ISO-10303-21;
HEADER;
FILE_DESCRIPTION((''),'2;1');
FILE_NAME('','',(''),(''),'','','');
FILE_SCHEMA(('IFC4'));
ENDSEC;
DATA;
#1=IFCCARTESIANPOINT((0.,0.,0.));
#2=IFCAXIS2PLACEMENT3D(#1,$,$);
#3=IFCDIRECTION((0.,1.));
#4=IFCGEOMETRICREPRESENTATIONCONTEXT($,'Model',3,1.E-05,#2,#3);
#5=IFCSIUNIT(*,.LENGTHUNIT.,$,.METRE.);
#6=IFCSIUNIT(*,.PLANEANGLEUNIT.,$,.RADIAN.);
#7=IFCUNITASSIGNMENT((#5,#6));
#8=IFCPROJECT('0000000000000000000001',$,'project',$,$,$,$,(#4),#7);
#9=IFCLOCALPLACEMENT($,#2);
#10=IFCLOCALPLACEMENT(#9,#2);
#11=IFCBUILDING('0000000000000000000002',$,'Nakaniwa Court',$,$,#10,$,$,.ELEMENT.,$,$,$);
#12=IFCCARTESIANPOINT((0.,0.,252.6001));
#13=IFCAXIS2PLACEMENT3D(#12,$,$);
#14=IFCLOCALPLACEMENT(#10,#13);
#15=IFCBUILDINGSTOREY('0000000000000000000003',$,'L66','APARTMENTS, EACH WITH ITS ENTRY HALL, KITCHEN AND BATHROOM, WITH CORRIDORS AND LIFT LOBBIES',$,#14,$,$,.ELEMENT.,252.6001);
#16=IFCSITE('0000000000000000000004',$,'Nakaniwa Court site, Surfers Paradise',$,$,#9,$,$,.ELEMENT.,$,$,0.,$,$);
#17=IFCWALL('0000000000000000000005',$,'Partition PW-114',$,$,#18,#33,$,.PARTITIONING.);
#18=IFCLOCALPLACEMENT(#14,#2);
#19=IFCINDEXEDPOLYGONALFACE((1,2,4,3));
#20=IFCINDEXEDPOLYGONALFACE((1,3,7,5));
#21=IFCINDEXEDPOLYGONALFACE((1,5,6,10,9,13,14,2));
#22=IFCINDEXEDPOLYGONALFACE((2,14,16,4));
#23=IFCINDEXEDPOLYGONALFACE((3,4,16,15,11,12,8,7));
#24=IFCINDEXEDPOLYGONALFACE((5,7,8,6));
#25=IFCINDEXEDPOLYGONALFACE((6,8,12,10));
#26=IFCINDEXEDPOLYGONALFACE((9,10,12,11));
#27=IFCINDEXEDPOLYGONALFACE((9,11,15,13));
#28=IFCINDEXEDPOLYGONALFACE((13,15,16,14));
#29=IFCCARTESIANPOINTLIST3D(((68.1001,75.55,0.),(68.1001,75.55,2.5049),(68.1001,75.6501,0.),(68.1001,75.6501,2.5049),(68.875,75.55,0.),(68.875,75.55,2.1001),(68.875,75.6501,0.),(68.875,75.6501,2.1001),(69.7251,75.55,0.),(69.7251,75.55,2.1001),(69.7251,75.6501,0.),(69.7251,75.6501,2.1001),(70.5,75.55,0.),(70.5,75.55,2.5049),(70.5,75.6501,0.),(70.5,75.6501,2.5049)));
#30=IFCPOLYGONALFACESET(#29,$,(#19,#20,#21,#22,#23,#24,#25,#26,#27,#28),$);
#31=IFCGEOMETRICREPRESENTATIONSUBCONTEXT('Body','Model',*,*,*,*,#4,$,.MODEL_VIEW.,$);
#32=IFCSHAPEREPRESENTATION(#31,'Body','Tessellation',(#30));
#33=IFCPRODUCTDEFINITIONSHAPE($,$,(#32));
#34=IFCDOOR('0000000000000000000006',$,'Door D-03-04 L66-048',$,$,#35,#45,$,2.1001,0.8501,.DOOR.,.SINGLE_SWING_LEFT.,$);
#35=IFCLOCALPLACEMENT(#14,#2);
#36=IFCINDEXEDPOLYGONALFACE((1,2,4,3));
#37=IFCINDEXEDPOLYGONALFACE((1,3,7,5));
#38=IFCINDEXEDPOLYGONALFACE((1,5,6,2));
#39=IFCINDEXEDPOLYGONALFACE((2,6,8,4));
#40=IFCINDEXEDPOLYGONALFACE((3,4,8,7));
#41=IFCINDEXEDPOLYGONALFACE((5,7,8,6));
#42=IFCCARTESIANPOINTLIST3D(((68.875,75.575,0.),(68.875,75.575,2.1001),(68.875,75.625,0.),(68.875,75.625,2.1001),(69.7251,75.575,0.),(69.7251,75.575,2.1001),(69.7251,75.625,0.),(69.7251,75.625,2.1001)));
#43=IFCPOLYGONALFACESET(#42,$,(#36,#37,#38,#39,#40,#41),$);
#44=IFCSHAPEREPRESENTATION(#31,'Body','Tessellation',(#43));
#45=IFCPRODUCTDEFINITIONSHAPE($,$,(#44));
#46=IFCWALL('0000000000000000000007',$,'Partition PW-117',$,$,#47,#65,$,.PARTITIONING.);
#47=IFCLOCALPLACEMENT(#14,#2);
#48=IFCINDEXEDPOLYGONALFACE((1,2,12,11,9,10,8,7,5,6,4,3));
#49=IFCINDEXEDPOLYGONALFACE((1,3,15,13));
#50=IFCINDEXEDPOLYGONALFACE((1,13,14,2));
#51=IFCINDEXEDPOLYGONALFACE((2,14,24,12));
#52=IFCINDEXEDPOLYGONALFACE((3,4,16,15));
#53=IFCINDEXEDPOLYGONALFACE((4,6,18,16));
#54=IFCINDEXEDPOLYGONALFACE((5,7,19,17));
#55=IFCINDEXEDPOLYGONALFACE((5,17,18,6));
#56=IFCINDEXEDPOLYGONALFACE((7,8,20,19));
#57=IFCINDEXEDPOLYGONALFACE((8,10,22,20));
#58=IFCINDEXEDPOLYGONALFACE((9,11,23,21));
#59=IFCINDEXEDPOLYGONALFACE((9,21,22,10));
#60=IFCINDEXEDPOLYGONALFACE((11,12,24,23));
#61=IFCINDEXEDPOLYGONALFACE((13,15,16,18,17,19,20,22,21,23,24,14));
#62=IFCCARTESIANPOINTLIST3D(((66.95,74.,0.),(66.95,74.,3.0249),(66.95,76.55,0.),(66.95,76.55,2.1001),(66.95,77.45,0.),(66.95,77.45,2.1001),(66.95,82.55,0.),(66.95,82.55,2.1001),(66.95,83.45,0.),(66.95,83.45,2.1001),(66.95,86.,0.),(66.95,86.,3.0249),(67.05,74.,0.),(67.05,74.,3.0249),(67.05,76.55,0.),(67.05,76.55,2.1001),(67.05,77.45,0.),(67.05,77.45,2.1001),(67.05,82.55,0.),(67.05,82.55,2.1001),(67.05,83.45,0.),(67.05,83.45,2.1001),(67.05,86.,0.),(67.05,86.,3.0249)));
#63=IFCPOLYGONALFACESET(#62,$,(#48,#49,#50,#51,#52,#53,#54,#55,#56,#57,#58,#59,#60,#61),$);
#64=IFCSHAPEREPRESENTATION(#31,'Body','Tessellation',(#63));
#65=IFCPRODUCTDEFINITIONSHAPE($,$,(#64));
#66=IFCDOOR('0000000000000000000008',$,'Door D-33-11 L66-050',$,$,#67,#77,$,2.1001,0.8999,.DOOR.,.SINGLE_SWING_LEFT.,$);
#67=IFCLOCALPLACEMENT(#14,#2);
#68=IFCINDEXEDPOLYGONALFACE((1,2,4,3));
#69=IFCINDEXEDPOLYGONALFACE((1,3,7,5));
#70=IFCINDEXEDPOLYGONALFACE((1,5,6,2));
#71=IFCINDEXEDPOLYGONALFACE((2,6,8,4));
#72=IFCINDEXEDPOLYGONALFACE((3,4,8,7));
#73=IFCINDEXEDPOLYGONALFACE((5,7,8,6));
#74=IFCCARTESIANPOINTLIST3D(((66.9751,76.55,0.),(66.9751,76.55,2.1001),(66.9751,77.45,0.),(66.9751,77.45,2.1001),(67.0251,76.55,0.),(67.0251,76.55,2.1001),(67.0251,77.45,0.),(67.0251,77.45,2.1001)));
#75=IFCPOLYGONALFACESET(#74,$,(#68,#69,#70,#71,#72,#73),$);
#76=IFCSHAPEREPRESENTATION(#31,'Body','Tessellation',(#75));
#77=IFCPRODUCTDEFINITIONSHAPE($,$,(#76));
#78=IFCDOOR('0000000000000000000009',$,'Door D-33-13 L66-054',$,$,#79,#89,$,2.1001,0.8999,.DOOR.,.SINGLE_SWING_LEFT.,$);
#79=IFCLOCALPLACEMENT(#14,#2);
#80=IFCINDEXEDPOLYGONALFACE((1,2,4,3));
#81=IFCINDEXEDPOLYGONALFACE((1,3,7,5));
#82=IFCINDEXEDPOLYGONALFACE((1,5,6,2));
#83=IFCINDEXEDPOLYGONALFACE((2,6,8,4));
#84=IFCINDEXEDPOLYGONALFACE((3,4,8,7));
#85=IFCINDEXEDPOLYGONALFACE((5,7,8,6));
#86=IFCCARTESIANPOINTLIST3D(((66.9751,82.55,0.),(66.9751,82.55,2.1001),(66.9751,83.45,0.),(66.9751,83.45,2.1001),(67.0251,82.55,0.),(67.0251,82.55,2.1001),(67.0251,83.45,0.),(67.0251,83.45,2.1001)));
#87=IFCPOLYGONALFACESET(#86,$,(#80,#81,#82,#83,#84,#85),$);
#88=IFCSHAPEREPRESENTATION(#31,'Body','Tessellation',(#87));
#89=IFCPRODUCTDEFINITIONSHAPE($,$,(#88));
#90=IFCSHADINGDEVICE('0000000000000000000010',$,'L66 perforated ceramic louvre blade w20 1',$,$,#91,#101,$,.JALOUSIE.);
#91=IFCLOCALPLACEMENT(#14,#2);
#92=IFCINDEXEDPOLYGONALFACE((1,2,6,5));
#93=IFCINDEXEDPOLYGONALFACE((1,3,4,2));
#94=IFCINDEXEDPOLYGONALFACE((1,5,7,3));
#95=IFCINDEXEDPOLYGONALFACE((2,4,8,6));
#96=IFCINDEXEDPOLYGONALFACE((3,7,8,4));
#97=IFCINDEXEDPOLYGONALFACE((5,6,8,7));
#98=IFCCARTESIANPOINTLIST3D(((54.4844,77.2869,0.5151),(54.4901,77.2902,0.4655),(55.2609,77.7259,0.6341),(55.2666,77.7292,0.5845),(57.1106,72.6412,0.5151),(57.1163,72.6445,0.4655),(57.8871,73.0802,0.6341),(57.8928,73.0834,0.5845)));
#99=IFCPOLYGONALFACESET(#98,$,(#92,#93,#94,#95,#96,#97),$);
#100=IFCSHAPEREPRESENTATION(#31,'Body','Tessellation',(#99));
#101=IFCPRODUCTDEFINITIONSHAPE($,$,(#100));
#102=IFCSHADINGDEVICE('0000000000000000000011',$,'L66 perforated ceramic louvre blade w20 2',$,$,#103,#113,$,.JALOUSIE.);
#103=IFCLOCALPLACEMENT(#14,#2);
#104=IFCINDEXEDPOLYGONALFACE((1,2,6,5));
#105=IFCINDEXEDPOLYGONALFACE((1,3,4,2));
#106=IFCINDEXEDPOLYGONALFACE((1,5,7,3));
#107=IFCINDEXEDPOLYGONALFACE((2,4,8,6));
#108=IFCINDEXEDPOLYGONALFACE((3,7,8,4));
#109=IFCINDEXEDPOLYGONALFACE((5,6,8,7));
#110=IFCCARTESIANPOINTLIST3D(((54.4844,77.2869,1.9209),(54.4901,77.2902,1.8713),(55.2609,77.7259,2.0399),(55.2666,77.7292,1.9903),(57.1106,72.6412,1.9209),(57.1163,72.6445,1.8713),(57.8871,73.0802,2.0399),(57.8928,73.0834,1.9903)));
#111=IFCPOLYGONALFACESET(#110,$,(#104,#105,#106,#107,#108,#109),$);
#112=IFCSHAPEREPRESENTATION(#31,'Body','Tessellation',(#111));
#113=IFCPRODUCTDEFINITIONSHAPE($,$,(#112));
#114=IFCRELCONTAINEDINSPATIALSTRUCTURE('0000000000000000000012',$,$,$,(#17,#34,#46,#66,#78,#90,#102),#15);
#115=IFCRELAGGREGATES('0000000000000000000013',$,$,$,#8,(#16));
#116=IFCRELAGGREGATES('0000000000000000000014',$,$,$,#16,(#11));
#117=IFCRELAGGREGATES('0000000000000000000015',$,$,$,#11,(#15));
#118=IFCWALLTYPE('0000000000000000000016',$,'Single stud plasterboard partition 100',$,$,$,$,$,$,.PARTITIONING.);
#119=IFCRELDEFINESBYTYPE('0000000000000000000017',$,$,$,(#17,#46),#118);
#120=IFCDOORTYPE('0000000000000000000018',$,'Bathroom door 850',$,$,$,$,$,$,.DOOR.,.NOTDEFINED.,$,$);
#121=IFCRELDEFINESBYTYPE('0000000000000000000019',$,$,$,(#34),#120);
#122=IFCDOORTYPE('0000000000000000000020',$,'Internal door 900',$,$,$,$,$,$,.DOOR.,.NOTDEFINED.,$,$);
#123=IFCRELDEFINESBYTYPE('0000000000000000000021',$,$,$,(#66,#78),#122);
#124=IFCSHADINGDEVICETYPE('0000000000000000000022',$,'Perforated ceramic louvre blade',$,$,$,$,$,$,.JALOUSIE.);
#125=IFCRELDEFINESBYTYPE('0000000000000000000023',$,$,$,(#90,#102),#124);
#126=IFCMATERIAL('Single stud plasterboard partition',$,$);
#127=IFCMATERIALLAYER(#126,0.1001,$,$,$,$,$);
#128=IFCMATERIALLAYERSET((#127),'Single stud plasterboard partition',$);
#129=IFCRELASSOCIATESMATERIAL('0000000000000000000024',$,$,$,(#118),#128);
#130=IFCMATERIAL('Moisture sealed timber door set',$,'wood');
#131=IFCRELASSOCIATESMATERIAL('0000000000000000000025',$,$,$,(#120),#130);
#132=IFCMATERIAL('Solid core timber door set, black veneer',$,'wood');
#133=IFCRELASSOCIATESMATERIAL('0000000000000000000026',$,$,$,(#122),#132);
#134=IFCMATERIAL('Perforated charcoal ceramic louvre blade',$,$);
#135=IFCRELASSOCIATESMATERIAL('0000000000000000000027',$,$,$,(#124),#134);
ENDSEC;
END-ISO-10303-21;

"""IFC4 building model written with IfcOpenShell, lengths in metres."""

from ifc_helpers import new_model, si_unit, direction, frame, frame_2d, origin, origin_2d, place, context, subcontext, project, spatial, rectangle, extrude, material, layer, layer_set, material_profile, profile_set, type_object, element, fill, save


model = new_model("IFC4")

# Units and contexts
model_context = context("Model", 3, precision=1e-05, world=origin(), true_north=direction((0.0, 1.0)))
body_context = subcontext(model_context, "Body", "Model", "MODEL_VIEW")
ifc_project = project(units=[si_unit("LENGTHUNIT", "METRE"), si_unit("PLANEANGLEUNIT", "RADIAN")], contexts=[model_context])

# Site, building, storey
site_placement = place(None, origin())
site = spatial("IfcSite", under=ifc_project, at=site_placement, Name="Nakaniwa Court site, Surfers Paradise", CompositionType="ELEMENT", RefElevation=0.0)
building_placement = place(site_placement, origin())
building = spatial("IfcBuilding", under=site, at=building_placement, Name="Nakaniwa Court", CompositionType="ELEMENT")
storey_placement = place(building_placement, frame((0.0, 0.0, 252.6001)))
storey = spatial("IfcBuildingStorey", under=building, at=storey_placement, Name="L66", Description="APARTMENTS, EACH WITH ITS ENTRY HALL, KITCHEN AND BATHROOM, WITH CORRIDORS AND LIFT LOBBIES", CompositionType="ELEMENT", Elevation=252.6001)

# Shared definitions
ifc_material_1 = material(Name="Single stud plasterboard partition")
ifc_layer_1 = layer(ifc_material_1, 0.1001)
ifc_layer_set_1 = layer_set([ifc_layer_1], Name="Single stud plasterboard partition")
wall_type_1 = type_object("IfcWallType", Name="Single stud plasterboard partition 100", PredefinedType="PARTITIONING", material=ifc_layer_set_1)

# Wall, opening, door
wall_1_placement = place(storey_placement, frame((68.1001, 75.6001, 0.0), z_axis=(0.0, 0.0, 1.0), x_axis=(1.0, 0.0, 0.0)))
wall_1 = element("IfcWall", 1, at=wall_1_placement, inside=storey, type_object=wall_type_1, Name="Partition PW-114", PredefinedType="PARTITIONING", context=body_context, shape_type="SweptSolid", body=[
    extrude(rectangle(XDim=2.3999, YDim=0.1001, at=frame_2d((1.2, 0.0))), origin(), (0.0, 0.0, 1.0), 2.5049),
])
opening_1_placement = place(wall_1_placement, frame((0.7749, 0.0, 0.0)))
opening_1 = element("IfcOpeningElement", 2, at=opening_1_placement, cuts=wall_1, PredefinedType="OPENING", context=body_context, shape_type="SweptSolid", body=[
    extrude(rectangle(XDim=0.8501, YDim=2.1001, at=frame_2d((0.425, 1.05))), frame((0.0, 0.0601, 0.0), z_axis=(0.0, -1.0, 0.0), x_axis=(1.0, 0.0, 0.0)), (0.0, 0.0, 1.0), 0.1201),
])
ifc_material_2 = material(Name="Moisture sealed timber door set", Category="wood")
door_type_1 = type_object("IfcDoorType", Name="Bathroom door 850", OperationType="NOTDEFINED", PredefinedType="DOOR", material=ifc_material_2)
door_1_placement = place(opening_1_placement, origin())
door_1 = element("IfcDoor", 3, at=door_1_placement, inside=storey, type_object=door_type_1, Name="Door D-03-04 L66-048", OperationType="SINGLE_SWING_LEFT", OverallHeight=2.1001, OverallWidth=0.8501, PredefinedType="DOOR", context=body_context, shape_type="SweptSolid", body=[
    extrude(rectangle(XDim=0.8501, YDim=2.1001, at=frame_2d((0.425, 1.05))), frame((0.0, 0.0249, 0.0), z_axis=(0.0, -1.0, 0.0), x_axis=(1.0, 0.0, 0.0)), (0.0, 0.0, 1.0), 0.05),
])
fill(opening_1, door_1)

# Wall, openings, doors
wall_2_placement = place(storey_placement, frame((67.0, 74.0, 0.0), z_axis=(0.0, 0.0, 1.0), x_axis=(0.0, 1.0, 0.0)))
wall_2 = element("IfcWall", 4, at=wall_2_placement, inside=storey, type_object=wall_type_1, Name="Partition PW-117", PredefinedType="PARTITIONING", context=body_context, shape_type="SweptSolid", body=[
    extrude(rectangle(XDim=12.0, YDim=0.1001, at=frame_2d((6.0, 0.0))), origin(), (0.0, 0.0, 1.0), 3.0249),
])
opening_2_placement = place(wall_2_placement, frame((2.55, 0.0, 0.0)))
opening_2 = element("IfcOpeningElement", 5, at=opening_2_placement, cuts=wall_2, PredefinedType="OPENING", context=body_context, shape_type="SweptSolid", body=[
    extrude(rectangle(XDim=0.8999, YDim=2.1001, at=frame_2d((0.45, 1.05))), frame((0.0, 0.0601, 0.0), z_axis=(0.0, -1.0, 0.0), x_axis=(1.0, 0.0, 0.0)), (0.0, 0.0, 1.0), 0.1201),
])
opening_3_placement = place(wall_2_placement, frame((8.55, 0.0, 0.0)))
opening_3 = element("IfcOpeningElement", 6, at=opening_3_placement, cuts=wall_2, PredefinedType="OPENING", context=body_context, shape_type="SweptSolid", body=[
    extrude(rectangle(XDim=0.8999, YDim=2.1001, at=frame_2d((0.45, 1.05))), frame((0.0, 0.0601, 0.0), z_axis=(0.0, -1.0, 0.0), x_axis=(1.0, 0.0, 0.0)), (0.0, 0.0, 1.0), 0.1201),
])
ifc_material_3 = material(Name="Solid core timber door set, black veneer", Category="wood")
door_type_2 = type_object("IfcDoorType", Name="Internal door 900", OperationType="NOTDEFINED", PredefinedType="DOOR", material=ifc_material_3)
door_2_placement = place(opening_2_placement, origin())
door_2 = element("IfcDoor", 7, at=door_2_placement, inside=storey, type_object=door_type_2, Name="Door D-33-11 L66-050", OperationType="SINGLE_SWING_LEFT", OverallHeight=2.1001, OverallWidth=0.8999, PredefinedType="DOOR", context=body_context, shape_type="SweptSolid", body=[
    extrude(rectangle(XDim=0.8999, YDim=2.1001, at=frame_2d((0.45, 1.05))), frame((0.0, 0.0249, 0.0), z_axis=(0.0, -1.0, 0.0), x_axis=(1.0, 0.0, 0.0)), (0.0, 0.0, 1.0), 0.05),
])
fill(opening_2, door_2)
door_3_placement = place(opening_3_placement, origin())
door_3 = element("IfcDoor", 8, at=door_3_placement, inside=storey, type_object=door_type_2, Name="Door D-33-13 L66-054", OperationType="SINGLE_SWING_LEFT", OverallHeight=2.1001, OverallWidth=0.8999, PredefinedType="DOOR", context=body_context, shape_type="SweptSolid", body=[
    extrude(rectangle(XDim=0.8999, YDim=2.1001, at=frame_2d((0.45, 1.05))), frame((0.0, 0.0249, 0.0), z_axis=(0.0, -1.0, 0.0), x_axis=(1.0, 0.0, 0.0)), (0.0, 0.0, 1.0), 0.05),
])
fill(opening_3, door_3)

# Shading devices
ifc_material_4 = material(Name="Perforated charcoal ceramic louvre blade")
ifc_material_profile_1 = material_profile(ifc_material_4, rectangle(XDim=0.8999, YDim=0.05, at=origin_2d()), Name="Perforated ceramic louvre blade")
ifc_profile_set_1 = profile_set([ifc_material_profile_1], Name="Perforated charcoal ceramic louvre blade")
shading_device_type = type_object("IfcShadingDeviceType", Name="Perforated ceramic louvre blade", PredefinedType="JALOUSIE", material=ifc_profile_set_1)
for number, where, z_axis, x_axis, name in (
    (9, (54.8755, 77.5081, 0.5498), (0.492109, -0.870534, 0.0), (0.862887, 0.487786, 0.132256), "L66 perforated ceramic louvre blade w20 1"),
    (10, (54.8755, 77.5081, 1.9556), (0.492109, -0.870534, 0.0), (0.862887, 0.487786, 0.132256), "L66 perforated ceramic louvre blade w20 2"),
):
    element("IfcShadingDevice", number, at=place(storey_placement, frame(where, z_axis=z_axis, x_axis=x_axis)), inside=storey, type_object=shading_device_type, Name=name, PredefinedType="JALOUSIE", context=body_context, shape_type="SweptSolid", body=[
        extrude(rectangle(XDim=0.8999, YDim=0.05, at=origin_2d()), origin(), (0.0, 0.0, 1.0), 5.3367),
    ])

save(model, "model.ifc")
